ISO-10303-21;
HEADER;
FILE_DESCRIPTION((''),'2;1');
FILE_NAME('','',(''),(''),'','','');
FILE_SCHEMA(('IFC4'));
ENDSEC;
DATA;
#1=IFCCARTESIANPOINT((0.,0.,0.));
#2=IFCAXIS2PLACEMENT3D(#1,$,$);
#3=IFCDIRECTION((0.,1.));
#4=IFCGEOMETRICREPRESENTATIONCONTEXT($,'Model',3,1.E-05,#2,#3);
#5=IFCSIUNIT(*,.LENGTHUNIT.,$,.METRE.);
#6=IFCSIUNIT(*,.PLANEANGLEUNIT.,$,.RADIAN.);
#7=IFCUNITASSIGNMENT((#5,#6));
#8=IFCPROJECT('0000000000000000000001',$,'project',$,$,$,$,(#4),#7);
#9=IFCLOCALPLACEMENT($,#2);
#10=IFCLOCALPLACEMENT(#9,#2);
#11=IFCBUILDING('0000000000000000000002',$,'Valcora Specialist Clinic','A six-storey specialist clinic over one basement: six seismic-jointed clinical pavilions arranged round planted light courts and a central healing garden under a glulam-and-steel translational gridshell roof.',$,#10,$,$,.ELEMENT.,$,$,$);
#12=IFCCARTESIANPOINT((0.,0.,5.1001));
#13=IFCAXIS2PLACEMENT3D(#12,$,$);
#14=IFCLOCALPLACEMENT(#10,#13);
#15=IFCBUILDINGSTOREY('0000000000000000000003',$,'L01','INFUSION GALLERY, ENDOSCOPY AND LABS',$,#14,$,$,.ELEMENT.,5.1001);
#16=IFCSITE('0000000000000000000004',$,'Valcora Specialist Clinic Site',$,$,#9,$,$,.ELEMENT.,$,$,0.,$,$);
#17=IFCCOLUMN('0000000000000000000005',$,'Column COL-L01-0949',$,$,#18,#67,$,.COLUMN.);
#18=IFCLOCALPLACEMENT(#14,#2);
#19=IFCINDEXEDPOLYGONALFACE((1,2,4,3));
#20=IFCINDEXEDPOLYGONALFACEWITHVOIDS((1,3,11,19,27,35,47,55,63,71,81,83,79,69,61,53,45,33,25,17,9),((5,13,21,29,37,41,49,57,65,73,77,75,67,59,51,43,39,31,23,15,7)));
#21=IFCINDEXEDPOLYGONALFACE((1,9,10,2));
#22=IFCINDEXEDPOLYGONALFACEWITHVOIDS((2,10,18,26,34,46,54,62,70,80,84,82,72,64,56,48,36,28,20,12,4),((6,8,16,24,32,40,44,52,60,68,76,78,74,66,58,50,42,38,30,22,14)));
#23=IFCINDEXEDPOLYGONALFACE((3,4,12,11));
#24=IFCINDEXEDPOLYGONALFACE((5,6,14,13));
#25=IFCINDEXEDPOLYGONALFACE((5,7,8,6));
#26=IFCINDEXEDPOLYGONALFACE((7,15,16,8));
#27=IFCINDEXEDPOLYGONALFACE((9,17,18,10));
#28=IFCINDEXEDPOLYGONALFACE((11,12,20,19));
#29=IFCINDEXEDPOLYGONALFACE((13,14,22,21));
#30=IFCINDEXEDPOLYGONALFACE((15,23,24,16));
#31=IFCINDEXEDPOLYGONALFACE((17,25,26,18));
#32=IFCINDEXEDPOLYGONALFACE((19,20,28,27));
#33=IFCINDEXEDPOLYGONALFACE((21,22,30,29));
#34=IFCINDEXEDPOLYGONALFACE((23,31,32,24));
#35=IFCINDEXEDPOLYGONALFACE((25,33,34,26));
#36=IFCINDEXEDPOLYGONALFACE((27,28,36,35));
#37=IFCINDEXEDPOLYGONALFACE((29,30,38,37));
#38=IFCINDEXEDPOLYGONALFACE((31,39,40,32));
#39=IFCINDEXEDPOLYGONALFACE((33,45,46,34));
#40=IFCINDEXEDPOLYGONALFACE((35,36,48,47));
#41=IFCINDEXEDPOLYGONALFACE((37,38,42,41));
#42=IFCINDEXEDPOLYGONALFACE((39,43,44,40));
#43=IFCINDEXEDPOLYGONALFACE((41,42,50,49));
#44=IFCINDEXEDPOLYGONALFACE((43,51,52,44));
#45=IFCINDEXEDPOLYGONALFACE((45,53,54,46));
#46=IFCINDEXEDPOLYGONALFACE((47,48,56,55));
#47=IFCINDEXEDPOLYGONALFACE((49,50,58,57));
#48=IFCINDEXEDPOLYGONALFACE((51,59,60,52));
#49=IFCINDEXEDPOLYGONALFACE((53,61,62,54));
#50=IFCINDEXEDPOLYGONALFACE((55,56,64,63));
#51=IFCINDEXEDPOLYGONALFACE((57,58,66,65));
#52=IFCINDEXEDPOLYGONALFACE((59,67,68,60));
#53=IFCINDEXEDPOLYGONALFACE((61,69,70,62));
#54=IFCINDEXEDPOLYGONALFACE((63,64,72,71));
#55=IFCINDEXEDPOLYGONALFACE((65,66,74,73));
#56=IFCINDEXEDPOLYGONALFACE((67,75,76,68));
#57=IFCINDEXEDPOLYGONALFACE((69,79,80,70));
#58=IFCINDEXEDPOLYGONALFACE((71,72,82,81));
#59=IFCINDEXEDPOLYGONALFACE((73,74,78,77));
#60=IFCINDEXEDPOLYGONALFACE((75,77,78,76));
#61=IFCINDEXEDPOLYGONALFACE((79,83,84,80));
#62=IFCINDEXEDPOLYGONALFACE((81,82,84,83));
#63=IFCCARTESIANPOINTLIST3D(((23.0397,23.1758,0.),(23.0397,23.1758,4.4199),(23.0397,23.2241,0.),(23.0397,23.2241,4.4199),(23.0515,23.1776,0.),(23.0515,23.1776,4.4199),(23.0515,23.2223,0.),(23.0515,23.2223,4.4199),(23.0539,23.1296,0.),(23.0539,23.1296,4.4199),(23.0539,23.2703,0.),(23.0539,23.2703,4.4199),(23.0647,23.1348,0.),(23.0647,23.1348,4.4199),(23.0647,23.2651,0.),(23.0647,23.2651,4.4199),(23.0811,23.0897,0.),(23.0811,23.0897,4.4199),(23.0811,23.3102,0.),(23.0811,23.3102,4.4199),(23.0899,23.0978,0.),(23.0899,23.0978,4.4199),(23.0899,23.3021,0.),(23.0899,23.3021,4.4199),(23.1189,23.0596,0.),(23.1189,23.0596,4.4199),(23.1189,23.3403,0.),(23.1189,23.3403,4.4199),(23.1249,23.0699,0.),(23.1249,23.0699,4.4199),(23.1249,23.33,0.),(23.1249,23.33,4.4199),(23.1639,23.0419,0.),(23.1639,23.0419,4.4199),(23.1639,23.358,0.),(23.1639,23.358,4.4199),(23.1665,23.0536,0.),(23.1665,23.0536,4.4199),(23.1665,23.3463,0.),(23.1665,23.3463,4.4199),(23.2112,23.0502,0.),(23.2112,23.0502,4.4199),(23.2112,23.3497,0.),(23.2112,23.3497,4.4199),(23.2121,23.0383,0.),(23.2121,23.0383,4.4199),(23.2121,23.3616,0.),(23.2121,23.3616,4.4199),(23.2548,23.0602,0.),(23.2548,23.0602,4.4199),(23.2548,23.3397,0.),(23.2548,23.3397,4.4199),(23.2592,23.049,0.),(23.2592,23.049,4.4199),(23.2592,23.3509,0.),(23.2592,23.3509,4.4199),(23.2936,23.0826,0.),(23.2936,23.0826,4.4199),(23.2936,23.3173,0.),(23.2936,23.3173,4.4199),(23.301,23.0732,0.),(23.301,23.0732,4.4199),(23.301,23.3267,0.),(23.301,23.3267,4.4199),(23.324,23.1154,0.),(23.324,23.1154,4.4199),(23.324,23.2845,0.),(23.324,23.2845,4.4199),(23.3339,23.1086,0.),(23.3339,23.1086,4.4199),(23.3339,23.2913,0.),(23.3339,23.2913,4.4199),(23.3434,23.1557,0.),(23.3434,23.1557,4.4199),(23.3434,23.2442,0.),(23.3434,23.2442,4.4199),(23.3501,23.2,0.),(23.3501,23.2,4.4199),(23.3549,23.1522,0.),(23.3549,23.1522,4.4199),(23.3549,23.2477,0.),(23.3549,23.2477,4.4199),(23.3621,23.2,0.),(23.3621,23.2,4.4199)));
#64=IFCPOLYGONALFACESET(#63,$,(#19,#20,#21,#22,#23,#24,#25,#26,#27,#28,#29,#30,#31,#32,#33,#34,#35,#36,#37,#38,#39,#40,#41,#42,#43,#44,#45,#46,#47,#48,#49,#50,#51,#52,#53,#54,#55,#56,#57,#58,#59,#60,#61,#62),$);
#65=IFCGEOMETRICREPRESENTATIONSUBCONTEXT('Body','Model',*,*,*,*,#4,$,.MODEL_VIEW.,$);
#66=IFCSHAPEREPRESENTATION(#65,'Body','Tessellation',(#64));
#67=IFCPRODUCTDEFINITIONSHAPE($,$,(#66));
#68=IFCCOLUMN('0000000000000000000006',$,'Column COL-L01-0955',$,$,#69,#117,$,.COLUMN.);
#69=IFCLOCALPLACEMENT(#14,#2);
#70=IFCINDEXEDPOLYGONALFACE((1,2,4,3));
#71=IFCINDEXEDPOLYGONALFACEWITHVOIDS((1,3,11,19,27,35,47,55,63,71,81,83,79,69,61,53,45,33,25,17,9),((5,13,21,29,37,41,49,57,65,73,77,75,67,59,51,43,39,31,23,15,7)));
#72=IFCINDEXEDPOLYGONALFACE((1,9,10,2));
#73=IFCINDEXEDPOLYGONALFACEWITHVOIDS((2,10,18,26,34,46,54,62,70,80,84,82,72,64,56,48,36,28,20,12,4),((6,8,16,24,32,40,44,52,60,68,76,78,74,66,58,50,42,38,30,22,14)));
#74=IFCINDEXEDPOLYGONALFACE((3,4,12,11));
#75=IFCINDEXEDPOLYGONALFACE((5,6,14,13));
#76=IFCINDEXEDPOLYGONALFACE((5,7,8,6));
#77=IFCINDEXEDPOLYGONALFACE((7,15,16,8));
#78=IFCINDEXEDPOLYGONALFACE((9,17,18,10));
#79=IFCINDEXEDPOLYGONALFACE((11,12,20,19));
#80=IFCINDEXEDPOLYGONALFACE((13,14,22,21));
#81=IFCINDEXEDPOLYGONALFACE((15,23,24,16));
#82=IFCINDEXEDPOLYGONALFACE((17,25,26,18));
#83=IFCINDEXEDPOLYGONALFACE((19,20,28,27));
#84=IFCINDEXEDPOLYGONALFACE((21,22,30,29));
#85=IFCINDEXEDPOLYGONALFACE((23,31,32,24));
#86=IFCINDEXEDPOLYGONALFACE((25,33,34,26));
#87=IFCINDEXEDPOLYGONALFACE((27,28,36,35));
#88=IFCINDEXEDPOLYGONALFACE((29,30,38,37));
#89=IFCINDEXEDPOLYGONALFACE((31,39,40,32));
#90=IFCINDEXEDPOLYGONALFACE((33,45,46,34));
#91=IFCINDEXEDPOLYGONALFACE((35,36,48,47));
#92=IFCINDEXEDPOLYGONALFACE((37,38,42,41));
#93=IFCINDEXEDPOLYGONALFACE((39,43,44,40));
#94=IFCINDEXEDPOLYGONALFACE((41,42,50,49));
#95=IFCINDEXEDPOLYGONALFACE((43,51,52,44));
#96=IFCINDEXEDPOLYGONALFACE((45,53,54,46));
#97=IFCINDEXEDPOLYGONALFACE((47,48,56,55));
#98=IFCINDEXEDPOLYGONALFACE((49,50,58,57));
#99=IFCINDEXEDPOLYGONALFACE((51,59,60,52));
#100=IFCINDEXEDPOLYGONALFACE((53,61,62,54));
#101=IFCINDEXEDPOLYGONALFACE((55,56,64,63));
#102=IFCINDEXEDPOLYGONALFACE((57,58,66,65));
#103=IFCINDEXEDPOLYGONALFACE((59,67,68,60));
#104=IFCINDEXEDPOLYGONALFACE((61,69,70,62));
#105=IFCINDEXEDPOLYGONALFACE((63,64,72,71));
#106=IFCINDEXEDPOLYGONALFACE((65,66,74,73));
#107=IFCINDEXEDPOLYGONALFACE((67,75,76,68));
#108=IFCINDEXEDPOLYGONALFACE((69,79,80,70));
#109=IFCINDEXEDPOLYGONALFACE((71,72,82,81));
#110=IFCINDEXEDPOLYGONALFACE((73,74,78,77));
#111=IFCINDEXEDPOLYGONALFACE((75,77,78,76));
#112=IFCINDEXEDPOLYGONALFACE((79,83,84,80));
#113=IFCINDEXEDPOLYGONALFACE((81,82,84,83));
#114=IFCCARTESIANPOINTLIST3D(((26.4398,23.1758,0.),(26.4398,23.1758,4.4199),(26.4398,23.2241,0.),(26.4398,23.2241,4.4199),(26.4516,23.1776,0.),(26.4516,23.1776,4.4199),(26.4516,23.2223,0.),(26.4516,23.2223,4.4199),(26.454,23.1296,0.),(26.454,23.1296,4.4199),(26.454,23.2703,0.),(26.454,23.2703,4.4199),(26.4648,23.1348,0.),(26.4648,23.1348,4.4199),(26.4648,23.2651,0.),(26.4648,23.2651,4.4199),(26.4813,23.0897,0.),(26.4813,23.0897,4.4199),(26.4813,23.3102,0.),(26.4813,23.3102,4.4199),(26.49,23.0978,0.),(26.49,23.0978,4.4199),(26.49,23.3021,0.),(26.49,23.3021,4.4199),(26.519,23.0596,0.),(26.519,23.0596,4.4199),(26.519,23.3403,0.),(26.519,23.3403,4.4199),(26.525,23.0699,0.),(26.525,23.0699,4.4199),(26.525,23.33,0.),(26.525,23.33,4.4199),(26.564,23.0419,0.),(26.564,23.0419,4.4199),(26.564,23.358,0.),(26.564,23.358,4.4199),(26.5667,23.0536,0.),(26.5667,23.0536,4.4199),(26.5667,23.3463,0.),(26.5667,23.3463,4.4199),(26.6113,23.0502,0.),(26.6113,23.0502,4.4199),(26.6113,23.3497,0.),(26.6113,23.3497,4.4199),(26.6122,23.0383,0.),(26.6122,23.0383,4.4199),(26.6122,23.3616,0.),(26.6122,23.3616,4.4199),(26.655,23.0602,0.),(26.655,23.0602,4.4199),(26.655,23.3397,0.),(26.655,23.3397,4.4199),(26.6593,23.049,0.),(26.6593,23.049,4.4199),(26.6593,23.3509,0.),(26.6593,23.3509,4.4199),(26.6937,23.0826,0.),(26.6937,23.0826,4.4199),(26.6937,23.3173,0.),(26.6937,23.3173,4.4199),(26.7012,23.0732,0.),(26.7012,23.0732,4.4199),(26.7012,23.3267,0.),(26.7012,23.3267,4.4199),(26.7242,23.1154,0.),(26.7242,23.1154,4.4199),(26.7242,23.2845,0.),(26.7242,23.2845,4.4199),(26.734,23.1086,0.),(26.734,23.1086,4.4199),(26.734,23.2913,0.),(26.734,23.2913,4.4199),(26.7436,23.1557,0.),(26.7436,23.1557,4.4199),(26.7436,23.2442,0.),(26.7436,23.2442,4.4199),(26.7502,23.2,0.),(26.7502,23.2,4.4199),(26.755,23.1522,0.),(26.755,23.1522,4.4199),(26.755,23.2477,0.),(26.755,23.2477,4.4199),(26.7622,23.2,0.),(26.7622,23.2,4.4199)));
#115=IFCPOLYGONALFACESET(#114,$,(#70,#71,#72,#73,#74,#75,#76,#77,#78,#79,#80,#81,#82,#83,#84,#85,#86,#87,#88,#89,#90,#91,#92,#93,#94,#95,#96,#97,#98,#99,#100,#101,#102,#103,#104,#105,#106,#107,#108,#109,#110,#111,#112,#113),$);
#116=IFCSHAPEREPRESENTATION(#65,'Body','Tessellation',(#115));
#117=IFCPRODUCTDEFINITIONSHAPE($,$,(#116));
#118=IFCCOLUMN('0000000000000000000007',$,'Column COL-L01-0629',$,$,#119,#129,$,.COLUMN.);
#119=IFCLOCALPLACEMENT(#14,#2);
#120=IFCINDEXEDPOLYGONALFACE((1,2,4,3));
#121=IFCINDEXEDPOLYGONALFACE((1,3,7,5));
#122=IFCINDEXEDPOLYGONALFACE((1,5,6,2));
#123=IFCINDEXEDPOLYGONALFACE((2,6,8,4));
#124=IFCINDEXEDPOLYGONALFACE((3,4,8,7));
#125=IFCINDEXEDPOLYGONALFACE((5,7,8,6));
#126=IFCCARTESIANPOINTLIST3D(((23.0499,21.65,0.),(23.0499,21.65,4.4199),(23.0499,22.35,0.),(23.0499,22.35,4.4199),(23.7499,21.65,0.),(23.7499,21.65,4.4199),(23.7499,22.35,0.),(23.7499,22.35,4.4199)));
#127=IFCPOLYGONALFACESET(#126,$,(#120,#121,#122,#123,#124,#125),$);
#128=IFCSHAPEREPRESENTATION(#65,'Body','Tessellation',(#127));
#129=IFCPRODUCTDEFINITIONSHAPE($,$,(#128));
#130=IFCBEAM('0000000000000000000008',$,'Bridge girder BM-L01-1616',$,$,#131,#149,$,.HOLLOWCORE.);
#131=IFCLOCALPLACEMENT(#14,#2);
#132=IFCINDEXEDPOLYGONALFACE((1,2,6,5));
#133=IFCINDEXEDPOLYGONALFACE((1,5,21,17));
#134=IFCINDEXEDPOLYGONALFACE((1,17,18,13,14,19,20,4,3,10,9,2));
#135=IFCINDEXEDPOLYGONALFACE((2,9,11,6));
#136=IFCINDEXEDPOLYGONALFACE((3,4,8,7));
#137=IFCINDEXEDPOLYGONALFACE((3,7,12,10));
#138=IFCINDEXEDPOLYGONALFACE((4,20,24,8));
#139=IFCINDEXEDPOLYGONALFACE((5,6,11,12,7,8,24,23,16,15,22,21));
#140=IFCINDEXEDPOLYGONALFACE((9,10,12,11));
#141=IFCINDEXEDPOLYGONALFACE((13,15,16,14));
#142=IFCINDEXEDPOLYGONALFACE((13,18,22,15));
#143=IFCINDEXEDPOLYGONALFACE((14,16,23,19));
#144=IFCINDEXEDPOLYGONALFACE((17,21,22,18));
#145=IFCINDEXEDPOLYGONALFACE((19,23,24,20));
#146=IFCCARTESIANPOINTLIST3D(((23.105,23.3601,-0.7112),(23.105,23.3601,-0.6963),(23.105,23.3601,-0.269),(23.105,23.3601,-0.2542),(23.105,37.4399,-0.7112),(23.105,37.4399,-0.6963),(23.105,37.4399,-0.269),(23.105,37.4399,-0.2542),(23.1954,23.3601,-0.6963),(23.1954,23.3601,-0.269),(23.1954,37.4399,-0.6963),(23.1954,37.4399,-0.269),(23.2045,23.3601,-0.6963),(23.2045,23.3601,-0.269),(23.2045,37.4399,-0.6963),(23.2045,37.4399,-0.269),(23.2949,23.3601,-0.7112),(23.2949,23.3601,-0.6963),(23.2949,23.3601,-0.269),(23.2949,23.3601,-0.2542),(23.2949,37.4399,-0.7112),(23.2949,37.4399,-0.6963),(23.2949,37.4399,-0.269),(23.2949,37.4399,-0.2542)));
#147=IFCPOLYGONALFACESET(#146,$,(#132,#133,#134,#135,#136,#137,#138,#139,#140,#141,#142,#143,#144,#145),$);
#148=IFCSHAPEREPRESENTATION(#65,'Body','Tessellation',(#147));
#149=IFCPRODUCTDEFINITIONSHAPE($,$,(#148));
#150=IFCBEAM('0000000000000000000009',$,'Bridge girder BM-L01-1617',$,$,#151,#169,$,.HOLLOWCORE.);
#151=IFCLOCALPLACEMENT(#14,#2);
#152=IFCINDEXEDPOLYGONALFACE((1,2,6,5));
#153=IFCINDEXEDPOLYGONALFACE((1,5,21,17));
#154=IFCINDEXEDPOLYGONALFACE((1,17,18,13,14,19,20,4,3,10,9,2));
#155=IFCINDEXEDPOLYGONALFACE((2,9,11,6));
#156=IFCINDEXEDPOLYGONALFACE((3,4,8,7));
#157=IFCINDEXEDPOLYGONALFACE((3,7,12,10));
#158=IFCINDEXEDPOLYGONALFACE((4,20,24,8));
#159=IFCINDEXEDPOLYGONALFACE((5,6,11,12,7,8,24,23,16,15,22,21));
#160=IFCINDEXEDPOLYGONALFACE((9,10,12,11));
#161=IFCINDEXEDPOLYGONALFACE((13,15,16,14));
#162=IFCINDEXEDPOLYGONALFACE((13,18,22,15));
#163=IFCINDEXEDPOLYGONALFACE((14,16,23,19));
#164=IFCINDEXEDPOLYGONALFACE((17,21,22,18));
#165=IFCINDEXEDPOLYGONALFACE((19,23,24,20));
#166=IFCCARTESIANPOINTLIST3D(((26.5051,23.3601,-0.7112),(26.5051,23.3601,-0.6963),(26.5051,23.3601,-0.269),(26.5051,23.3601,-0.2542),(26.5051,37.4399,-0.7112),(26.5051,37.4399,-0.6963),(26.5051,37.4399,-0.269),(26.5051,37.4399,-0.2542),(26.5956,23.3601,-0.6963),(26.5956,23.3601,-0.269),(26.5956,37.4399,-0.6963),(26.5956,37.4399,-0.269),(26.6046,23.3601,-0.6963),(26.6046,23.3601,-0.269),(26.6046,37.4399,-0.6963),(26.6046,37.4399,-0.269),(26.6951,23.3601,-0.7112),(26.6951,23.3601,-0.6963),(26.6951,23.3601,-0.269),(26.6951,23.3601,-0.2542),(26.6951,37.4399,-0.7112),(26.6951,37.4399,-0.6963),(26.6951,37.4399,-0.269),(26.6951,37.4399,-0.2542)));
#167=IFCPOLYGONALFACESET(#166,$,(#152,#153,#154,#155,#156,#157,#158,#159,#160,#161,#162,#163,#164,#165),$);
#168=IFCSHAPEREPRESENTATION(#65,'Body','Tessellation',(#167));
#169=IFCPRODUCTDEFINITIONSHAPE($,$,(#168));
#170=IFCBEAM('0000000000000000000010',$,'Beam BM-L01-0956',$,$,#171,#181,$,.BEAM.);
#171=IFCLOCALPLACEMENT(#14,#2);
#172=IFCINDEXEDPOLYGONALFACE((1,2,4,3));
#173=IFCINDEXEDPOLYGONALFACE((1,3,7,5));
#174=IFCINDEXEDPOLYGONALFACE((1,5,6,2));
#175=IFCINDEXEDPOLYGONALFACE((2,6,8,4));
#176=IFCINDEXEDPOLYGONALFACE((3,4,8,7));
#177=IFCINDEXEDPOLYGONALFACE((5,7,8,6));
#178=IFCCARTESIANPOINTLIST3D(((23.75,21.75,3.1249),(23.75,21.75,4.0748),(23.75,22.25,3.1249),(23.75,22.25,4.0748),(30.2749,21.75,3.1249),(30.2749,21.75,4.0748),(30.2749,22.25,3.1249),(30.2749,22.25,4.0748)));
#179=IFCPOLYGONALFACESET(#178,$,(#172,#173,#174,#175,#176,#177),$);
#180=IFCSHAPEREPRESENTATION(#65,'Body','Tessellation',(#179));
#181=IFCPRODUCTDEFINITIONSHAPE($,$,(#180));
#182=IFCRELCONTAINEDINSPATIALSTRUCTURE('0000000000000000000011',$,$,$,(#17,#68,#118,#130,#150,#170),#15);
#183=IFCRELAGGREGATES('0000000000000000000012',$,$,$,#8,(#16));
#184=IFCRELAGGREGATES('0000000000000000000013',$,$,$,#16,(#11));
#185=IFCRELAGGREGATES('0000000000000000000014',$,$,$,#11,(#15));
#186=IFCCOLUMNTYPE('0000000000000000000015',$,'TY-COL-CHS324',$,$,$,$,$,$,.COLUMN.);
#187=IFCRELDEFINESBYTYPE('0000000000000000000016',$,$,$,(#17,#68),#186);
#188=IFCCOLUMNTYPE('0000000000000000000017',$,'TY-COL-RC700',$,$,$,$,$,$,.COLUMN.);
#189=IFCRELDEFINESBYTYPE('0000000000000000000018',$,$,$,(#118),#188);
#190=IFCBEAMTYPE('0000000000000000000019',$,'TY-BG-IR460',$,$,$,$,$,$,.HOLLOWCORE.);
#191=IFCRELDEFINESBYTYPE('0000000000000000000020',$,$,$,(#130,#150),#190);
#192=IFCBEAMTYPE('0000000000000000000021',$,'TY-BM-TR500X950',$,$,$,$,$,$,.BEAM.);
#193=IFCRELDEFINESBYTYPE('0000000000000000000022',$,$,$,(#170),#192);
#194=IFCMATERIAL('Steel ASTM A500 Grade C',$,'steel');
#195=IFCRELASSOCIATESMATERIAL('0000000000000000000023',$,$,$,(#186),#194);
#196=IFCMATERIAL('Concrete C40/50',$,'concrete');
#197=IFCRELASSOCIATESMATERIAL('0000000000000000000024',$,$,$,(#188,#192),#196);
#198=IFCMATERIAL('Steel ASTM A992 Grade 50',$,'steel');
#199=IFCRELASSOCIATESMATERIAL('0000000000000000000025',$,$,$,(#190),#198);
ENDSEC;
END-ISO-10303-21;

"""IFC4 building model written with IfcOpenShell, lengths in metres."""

from ifc_helpers import new_model, si_unit, direction, frame, origin, origin_2d, place, context, subcontext, project, spatial, rectangle, hollow_circle, i_section, extrude, material, material_profile, profile_set, type_object, element, save


model = new_model("IFC4")

# Units and contexts
model_context = context("Model", 3, precision=1e-05, world=origin(), true_north=direction((0.0, 1.0)))
body_context = subcontext(model_context, "Body", "Model", "MODEL_VIEW")
ifc_project = project(units=[si_unit("LENGTHUNIT", "METRE"), si_unit("PLANEANGLEUNIT", "RADIAN")], contexts=[model_context])

# Site, building, storey
site_placement = place(None, origin())
site = spatial("IfcSite", under=ifc_project, at=site_placement, Name="Valcora Specialist Clinic Site", CompositionType="ELEMENT", RefElevation=0.0)
building_placement = place(site_placement, origin())
building = spatial("IfcBuilding", under=site, at=building_placement, Name="Valcora Specialist Clinic", Description="A six-storey specialist clinic over one basement: six seismic-jointed clinical pavilions arranged round planted light courts and a central healing garden under a glulam-and-steel translational gridshell roof.", CompositionType="ELEMENT")
storey_placement = place(building_placement, frame((0.0, 0.0, 5.1001)))
storey = spatial("IfcBuildingStorey", under=building, at=storey_placement, Name="L01", Description="INFUSION GALLERY, ENDOSCOPY AND LABS", CompositionType="ELEMENT", Elevation=5.1001)

# Columns
ifc_material_1 = material(Name="Steel ASTM A500 Grade C", Category="steel")
ifc_material_profile_1 = material_profile(ifc_material_1, hollow_circle(Radius=0.1621, WallThickness=0.012, at=origin_2d()), Name="ST-CHS-324X12")
ifc_profile_set_1 = profile_set([ifc_material_profile_1], Name="Steel ASTM A500 Grade C")
column_type_1 = type_object("IfcColumnType", Name="TY-COL-CHS324", PredefinedType="COLUMN", material=ifc_profile_set_1)
for number, where, z_axis, x_axis, name in (
    (1, (23.2, 23.2, 0.0), (0.0, 0.0, 1.0), (1.0, 0.0, 0.0), "Column COL-L01-0949"),
    (2, (26.6001, 23.2, 0.0), (0.0, 0.0, 1.0), (1.0, 0.0, 0.0), "Column COL-L01-0955"),
):
    element("IfcColumn", number, at=place(storey_placement, frame(where, z_axis=z_axis, x_axis=x_axis)), inside=storey, type_object=column_type_1, Name=name, PredefinedType="COLUMN", context=body_context, shape_type="SweptSolid", body=[
        extrude(hollow_circle(Radius=0.1621, WallThickness=0.012, at=origin_2d()), origin(), (0.0, 0.0, 1.0), 4.4199),
    ])
ifc_material_2 = material(Name="Concrete C40/50", Category="concrete")
ifc_material_profile_2 = material_profile(ifc_material_2, rectangle(XDim=0.7, YDim=0.7, at=origin_2d()), Name="RC-COL-700X700")
ifc_profile_set_2 = profile_set([ifc_material_profile_2], Name="Concrete C40/50")
column_type_2 = type_object("IfcColumnType", Name="TY-COL-RC700", PredefinedType="COLUMN", material=ifc_profile_set_2)
column_placement = place(storey_placement, frame((23.3999, 22.0, 0.0), z_axis=(0.0, 0.0, 1.0), x_axis=(1.0, 0.0, 0.0)))
element("IfcColumn", 3, at=column_placement, inside=storey, type_object=column_type_2, Name="Column COL-L01-0629", PredefinedType="COLUMN", context=body_context, shape_type="SweptSolid", body=[
    extrude(rectangle(XDim=0.7, YDim=0.7, at=origin_2d()), origin(), (0.0, 0.0, 1.0), 4.4199),
])

# Beams
ifc_material_3 = material(Name="Steel ASTM A992 Grade 50", Category="steel")
ifc_material_profile_3 = material_profile(ifc_material_3, i_section(OverallWidth=0.1899, OverallDepth=0.457, WebThickness=0.009, FlangeThickness=0.0149, at=origin_2d()), Name="ST-IR-460X190")
ifc_profile_set_3 = profile_set([ifc_material_profile_3], Name="Steel ASTM A992 Grade 50")
beam_type_1 = type_object("IfcBeamType", Name="TY-BG-IR460", PredefinedType="HOLLOWCORE", material=ifc_profile_set_3)
for number, where, z_axis, x_axis, name in (
    (4, (23.2, 23.3601, -0.4827), (0.0, 1.0, 0.0), (-1.0, 0.0, 0.0), "Bridge girder BM-L01-1616"),
    (5, (26.6001, 23.3601, -0.4827), (0.0, 1.0, 0.0), (-1.0, 0.0, 0.0), "Bridge girder BM-L01-1617"),
):
    element("IfcBeam", number, at=place(storey_placement, frame(where, z_axis=z_axis, x_axis=x_axis)), inside=storey, type_object=beam_type_1, Name=name, PredefinedType="HOLLOWCORE", context=body_context, shape_type="SweptSolid", body=[
        extrude(i_section(OverallWidth=0.1899, OverallDepth=0.457, WebThickness=0.009, FlangeThickness=0.0149, at=origin_2d()), origin(), (0.0, 0.0, 1.0), 14.0798),
    ])
ifc_material_profile_4 = material_profile(ifc_material_2, rectangle(XDim=0.5, YDim=0.95, at=origin_2d()), Name="RC-BM-500X950")
ifc_profile_set_4 = profile_set([ifc_material_profile_4], Name="Concrete C40/50")
beam_type_2 = type_object("IfcBeamType", Name="TY-BM-TR500X950", PredefinedType="BEAM", material=ifc_profile_set_4)
beam_placement = place(storey_placement, frame((23.75, 22.0, 3.5999), z_axis=(1.0, 0.0, 0.0), x_axis=(0.0, 1.0, 0.0)))
element("IfcBeam", 6, at=beam_placement, inside=storey, type_object=beam_type_2, Name="Beam BM-L01-0956", PredefinedType="BEAM", context=body_context, shape_type="SweptSolid", body=[
    extrude(rectangle(XDim=0.5, YDim=0.95, at=origin_2d()), origin(), (0.0, 0.0, 1.0), 6.5249),
])

save(model, "model.ifc")
